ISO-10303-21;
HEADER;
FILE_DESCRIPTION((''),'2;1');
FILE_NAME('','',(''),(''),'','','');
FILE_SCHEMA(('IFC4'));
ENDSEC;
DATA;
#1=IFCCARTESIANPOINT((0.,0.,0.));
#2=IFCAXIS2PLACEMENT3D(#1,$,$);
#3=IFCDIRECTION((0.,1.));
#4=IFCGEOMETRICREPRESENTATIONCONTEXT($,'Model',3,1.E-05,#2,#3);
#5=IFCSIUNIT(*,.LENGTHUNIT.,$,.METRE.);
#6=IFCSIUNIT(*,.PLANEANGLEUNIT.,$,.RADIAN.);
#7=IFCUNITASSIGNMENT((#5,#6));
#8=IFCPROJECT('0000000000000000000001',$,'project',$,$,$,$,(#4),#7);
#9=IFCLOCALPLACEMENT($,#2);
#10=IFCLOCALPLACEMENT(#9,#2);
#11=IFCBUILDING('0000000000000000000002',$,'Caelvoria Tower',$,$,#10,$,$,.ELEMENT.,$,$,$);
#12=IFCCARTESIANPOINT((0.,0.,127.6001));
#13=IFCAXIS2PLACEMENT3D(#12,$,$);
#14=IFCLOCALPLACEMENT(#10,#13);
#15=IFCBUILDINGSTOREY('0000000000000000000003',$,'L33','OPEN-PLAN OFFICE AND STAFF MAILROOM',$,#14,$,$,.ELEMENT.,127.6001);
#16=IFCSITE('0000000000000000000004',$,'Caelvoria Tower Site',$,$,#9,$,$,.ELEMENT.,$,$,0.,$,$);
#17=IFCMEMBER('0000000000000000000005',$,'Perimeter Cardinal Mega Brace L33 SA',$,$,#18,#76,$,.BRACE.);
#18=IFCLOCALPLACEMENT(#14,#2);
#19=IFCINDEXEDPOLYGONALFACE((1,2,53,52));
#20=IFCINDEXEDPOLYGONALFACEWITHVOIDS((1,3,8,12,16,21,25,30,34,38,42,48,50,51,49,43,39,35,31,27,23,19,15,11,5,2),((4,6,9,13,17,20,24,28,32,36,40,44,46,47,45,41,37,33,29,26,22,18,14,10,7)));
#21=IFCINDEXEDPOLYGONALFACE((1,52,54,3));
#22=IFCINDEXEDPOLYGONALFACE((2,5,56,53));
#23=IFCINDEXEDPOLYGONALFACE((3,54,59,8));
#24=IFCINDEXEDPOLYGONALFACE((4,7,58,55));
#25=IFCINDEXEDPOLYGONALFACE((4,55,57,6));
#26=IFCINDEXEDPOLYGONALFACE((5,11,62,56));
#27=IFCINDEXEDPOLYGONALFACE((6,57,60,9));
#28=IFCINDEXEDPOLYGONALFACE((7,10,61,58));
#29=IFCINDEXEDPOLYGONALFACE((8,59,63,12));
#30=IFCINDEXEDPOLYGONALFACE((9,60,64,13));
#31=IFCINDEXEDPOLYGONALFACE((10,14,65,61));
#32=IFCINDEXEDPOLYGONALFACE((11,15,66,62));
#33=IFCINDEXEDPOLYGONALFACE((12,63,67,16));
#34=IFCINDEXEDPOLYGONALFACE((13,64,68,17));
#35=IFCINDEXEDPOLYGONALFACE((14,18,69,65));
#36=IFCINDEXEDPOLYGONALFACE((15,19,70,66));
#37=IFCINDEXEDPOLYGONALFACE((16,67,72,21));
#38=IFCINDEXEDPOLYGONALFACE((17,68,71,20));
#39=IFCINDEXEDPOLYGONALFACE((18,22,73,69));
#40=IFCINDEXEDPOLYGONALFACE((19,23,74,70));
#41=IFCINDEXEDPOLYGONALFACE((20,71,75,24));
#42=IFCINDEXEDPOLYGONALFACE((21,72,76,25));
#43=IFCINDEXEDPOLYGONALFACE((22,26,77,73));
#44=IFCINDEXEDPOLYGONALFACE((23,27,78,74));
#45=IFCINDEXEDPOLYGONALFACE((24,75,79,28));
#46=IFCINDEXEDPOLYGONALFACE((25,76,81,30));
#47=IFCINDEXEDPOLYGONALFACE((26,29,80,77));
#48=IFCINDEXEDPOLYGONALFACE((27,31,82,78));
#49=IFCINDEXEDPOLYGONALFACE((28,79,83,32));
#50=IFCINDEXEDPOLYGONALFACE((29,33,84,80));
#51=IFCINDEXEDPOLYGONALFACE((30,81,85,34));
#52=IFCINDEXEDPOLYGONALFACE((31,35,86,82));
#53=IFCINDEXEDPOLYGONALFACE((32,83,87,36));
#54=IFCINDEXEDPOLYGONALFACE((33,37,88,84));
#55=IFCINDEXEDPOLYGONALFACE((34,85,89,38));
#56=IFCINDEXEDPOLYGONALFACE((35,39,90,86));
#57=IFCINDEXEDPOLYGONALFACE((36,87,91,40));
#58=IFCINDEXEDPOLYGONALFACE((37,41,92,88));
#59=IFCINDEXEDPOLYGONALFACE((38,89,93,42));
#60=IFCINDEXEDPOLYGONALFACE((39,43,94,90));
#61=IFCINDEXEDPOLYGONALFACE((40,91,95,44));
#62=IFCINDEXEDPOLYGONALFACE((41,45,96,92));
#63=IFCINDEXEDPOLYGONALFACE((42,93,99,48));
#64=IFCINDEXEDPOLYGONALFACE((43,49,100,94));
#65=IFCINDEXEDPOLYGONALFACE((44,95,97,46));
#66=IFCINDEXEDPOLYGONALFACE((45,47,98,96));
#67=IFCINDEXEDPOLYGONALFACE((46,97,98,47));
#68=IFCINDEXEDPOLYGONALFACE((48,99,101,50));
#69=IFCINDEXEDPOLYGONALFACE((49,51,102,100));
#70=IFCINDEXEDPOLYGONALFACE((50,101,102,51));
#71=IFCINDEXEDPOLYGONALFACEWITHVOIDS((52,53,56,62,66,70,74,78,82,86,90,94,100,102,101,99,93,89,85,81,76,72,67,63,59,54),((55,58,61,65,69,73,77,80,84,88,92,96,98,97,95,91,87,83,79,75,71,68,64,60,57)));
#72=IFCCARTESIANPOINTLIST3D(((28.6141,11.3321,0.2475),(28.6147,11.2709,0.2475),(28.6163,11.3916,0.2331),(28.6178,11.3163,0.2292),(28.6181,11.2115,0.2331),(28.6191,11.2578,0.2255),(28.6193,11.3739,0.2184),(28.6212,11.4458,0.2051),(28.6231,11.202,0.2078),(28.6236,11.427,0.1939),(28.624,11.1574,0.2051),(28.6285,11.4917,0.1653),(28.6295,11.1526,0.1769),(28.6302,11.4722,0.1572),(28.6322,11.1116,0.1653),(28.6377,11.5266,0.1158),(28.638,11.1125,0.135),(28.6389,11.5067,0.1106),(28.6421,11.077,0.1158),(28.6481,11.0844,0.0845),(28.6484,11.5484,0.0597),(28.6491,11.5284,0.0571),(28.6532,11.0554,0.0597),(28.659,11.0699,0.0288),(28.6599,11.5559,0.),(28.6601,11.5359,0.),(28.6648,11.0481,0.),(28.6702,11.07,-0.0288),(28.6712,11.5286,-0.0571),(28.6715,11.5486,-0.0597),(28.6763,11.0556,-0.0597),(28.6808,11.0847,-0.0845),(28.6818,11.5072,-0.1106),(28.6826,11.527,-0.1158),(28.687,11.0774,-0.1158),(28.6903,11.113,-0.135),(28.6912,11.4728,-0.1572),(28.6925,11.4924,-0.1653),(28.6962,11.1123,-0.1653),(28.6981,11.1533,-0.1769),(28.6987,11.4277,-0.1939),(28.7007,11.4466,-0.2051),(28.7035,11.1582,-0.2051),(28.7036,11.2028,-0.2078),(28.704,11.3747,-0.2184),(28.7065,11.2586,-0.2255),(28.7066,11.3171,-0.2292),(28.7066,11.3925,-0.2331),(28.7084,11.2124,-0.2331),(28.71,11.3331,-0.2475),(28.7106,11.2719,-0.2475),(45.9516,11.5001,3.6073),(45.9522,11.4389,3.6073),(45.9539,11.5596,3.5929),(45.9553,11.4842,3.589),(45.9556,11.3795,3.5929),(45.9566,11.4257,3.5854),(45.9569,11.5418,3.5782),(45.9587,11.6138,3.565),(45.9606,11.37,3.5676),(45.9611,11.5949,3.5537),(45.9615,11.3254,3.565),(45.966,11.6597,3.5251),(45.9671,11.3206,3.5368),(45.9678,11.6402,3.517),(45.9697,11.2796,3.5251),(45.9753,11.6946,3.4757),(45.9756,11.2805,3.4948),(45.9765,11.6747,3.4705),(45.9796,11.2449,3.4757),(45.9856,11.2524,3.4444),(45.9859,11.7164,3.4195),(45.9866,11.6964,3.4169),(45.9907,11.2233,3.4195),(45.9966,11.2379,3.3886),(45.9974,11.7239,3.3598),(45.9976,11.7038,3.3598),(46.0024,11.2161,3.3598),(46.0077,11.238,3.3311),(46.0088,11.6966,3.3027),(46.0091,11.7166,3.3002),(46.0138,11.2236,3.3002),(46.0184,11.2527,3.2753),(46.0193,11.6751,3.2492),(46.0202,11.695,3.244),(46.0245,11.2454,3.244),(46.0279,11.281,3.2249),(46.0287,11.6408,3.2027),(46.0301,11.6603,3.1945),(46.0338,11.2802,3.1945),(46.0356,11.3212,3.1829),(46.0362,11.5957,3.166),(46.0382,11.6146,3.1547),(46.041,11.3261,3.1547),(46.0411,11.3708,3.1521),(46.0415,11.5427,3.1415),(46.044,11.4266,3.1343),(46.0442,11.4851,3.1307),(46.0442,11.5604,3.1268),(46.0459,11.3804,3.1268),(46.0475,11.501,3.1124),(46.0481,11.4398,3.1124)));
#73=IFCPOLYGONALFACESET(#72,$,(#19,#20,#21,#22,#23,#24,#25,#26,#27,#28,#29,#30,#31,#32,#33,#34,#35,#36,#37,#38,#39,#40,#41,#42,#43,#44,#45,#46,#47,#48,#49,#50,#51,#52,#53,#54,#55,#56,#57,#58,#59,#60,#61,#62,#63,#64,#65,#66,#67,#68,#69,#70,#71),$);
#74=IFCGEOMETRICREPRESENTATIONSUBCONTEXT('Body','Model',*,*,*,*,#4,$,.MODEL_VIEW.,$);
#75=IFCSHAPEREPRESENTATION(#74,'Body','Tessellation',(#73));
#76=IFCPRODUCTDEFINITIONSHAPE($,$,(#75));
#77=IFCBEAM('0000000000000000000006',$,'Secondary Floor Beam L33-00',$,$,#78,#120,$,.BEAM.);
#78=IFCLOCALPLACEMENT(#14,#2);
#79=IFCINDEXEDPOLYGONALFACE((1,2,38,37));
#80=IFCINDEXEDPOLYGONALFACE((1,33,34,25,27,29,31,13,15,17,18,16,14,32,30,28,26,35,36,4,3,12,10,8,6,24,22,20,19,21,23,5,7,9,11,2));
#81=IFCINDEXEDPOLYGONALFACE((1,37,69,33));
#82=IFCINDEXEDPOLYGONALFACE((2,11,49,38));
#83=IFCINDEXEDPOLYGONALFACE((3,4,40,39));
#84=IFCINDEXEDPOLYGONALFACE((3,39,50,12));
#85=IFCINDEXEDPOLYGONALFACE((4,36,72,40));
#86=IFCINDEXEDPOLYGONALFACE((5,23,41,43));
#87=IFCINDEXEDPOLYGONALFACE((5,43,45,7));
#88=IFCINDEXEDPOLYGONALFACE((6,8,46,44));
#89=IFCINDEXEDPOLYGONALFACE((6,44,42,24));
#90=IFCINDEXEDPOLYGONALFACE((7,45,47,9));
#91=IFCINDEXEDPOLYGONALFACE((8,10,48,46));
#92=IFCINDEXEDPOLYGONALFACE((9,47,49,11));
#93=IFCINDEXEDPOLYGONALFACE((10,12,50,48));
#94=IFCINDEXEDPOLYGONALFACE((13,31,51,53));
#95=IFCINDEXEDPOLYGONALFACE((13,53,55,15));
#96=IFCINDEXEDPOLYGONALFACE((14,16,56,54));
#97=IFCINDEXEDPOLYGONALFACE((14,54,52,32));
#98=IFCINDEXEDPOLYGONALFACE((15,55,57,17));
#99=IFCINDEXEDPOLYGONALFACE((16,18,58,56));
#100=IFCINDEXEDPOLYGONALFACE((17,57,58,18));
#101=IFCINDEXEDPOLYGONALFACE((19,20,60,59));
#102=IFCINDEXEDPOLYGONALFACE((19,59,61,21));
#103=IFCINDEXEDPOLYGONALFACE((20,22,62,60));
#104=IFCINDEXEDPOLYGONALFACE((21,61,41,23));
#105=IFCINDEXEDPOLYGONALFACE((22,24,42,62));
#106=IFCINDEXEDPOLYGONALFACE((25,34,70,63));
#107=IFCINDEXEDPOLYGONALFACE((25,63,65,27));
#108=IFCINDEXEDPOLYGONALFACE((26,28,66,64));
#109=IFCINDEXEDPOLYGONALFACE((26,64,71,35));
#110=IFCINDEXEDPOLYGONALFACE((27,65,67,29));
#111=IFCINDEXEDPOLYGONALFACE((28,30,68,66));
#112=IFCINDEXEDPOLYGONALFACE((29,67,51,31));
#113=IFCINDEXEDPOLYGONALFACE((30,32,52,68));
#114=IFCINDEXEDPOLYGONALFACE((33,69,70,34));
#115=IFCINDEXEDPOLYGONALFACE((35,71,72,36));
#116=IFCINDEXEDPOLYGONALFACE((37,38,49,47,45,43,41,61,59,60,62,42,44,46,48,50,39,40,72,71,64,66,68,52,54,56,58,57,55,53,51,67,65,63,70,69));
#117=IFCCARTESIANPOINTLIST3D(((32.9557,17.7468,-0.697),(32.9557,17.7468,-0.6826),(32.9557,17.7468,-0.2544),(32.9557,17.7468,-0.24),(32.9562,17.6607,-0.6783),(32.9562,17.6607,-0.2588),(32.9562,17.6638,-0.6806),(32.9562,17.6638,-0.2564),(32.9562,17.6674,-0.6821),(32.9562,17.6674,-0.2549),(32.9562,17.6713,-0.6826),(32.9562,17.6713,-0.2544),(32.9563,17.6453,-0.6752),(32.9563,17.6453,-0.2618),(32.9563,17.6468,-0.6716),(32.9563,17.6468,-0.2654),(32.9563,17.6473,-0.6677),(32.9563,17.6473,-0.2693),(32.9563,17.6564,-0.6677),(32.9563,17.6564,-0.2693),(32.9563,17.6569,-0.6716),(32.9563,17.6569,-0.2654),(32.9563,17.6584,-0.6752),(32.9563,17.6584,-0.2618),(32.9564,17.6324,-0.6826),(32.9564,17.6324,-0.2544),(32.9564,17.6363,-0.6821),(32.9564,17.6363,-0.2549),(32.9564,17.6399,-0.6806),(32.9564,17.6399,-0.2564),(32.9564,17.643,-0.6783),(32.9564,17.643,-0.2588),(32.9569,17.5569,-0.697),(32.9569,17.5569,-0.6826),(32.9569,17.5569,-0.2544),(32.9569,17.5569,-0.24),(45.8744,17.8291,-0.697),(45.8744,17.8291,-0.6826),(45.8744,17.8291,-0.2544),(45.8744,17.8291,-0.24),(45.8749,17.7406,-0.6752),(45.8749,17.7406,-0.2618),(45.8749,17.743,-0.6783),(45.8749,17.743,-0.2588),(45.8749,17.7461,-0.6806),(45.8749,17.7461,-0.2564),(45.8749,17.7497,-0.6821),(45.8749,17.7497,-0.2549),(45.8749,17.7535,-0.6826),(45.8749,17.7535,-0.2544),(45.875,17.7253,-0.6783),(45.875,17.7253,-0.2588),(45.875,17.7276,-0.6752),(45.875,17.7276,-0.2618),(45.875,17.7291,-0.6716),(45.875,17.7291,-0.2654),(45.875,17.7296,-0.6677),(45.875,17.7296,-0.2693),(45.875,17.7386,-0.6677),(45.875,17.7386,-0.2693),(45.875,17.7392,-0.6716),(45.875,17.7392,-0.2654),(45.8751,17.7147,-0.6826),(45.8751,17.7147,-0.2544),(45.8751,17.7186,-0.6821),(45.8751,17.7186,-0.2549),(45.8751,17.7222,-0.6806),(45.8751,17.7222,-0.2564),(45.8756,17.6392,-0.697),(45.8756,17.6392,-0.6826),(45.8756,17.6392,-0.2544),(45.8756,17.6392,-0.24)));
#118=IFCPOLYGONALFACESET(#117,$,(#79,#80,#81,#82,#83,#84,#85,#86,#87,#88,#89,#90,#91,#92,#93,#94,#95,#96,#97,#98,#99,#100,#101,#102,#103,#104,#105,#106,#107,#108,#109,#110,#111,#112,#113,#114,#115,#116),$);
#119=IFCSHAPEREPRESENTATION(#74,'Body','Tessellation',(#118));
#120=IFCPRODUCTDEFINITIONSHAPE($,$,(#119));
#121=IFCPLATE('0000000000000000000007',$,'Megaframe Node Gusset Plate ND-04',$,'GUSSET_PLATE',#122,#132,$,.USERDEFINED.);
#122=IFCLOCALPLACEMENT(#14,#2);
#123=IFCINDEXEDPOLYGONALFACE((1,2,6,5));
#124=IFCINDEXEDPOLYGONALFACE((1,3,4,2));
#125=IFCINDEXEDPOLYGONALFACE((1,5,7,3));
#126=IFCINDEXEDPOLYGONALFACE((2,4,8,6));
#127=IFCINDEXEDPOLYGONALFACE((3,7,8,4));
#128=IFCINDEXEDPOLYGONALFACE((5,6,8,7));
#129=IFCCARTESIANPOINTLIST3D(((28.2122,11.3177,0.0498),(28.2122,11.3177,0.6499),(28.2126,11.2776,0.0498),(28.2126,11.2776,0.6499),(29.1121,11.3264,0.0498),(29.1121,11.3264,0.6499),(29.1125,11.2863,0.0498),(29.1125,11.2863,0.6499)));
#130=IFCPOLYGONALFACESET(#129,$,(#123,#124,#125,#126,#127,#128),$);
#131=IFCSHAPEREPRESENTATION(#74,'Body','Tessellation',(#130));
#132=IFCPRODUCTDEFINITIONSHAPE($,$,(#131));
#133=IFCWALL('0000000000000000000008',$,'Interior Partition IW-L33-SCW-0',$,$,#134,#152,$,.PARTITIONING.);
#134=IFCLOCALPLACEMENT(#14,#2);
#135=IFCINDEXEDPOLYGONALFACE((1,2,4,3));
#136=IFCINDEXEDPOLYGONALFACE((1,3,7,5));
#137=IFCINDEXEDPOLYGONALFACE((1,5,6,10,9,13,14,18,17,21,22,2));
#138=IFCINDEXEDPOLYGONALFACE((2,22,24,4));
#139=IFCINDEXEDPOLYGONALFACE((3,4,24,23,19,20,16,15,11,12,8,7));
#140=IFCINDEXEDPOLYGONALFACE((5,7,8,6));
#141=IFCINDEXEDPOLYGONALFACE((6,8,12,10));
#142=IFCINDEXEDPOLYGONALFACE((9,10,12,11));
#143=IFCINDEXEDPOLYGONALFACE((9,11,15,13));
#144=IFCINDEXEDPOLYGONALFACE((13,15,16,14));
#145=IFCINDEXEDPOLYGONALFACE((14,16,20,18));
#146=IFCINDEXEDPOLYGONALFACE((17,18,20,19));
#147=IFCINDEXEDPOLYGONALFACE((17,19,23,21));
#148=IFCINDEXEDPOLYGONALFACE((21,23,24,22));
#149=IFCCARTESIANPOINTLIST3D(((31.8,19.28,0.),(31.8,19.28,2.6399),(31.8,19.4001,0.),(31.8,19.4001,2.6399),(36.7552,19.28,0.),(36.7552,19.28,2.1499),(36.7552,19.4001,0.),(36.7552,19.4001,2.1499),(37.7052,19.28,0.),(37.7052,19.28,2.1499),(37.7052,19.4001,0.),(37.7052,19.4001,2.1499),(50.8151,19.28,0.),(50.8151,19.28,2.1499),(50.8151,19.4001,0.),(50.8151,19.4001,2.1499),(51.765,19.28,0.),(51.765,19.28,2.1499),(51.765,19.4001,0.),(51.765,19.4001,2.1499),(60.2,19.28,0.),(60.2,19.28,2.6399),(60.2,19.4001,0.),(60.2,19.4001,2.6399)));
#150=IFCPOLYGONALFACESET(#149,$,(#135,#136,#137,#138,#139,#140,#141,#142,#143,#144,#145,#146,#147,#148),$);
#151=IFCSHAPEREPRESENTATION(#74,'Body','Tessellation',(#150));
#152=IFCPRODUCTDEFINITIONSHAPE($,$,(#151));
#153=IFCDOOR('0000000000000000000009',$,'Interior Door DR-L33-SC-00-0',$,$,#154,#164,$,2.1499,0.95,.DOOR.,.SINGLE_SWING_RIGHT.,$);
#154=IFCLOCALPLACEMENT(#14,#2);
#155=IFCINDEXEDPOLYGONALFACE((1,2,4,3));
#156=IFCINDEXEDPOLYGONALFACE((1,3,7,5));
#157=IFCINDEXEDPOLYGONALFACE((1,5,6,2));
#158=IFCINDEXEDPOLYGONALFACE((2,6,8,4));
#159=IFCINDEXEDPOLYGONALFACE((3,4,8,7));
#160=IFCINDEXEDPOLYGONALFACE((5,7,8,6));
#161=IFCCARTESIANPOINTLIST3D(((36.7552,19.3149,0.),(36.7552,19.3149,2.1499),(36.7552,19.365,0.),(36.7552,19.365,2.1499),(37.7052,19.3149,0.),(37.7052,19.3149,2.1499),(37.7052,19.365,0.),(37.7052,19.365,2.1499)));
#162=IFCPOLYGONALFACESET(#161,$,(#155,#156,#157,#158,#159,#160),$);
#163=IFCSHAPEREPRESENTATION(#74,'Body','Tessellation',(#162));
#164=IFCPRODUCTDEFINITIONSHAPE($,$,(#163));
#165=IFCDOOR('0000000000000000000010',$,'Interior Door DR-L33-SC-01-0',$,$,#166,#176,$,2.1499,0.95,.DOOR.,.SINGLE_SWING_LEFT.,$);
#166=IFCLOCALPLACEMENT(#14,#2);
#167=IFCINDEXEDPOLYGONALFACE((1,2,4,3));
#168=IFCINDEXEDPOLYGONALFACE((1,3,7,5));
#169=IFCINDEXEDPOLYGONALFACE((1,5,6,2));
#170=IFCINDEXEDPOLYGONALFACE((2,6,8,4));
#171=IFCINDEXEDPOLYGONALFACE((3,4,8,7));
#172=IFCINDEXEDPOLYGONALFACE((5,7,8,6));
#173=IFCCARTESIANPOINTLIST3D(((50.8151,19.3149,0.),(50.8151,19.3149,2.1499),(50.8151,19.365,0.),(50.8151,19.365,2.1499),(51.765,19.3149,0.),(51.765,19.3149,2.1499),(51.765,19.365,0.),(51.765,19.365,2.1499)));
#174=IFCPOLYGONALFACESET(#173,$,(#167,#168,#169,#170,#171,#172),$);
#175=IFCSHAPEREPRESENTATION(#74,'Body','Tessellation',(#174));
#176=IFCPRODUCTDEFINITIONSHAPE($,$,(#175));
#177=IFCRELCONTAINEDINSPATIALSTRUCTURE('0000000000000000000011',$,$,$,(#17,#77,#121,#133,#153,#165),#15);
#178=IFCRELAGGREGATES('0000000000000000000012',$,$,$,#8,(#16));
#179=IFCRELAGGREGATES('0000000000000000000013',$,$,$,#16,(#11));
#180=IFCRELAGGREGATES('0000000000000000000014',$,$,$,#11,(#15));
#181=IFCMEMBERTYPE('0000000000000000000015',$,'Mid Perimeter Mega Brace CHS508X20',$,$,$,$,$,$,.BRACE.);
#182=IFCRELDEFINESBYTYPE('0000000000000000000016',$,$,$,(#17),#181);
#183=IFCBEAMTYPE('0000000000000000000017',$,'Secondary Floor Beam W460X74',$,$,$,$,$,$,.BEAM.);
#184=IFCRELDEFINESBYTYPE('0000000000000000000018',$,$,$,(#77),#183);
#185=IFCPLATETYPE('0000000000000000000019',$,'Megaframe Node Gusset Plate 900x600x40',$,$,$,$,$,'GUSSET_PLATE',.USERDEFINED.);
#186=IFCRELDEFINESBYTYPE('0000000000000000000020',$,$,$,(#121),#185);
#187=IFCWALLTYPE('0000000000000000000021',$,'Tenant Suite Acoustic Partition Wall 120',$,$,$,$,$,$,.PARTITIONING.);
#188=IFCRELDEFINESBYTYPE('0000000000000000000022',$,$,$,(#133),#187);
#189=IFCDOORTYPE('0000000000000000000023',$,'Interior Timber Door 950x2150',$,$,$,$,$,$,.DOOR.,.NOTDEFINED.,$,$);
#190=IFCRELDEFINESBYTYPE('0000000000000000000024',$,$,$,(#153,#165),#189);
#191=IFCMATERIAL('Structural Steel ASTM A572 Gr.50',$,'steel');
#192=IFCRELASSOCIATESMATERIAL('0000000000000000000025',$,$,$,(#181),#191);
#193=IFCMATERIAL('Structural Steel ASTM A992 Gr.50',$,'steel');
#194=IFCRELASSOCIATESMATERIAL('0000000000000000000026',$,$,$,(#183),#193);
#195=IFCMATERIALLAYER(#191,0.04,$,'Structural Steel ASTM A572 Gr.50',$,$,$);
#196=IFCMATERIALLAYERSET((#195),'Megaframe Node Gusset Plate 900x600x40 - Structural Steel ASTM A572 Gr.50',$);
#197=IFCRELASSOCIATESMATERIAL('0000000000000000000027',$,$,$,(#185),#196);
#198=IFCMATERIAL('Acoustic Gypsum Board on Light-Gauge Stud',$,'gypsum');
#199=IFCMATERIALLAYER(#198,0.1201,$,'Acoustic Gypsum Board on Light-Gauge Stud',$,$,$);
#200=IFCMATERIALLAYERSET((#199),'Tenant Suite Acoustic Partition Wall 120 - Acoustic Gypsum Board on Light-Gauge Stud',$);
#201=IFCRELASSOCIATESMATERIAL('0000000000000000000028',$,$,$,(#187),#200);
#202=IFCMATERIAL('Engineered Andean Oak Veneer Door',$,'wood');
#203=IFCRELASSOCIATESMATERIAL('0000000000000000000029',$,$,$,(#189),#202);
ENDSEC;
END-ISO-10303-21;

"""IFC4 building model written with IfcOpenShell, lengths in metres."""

from ifc_helpers import new_model, si_unit, direction, frame, frame_2d, origin, origin_2d, place, context, subcontext, project, spatial, rectangle, hollow_circle, i_section, extrude, material, layer, layer_set, material_profile, profile_set, type_object, element, fill, save


model = new_model("IFC4")

# Units and contexts
model_context = context("Model", 3, precision=1e-05, world=origin(), true_north=direction((0.0, 1.0)))
body_context = subcontext(model_context, "Body", "Model", "MODEL_VIEW")
ifc_project = project(units=[si_unit("LENGTHUNIT", "METRE"), si_unit("PLANEANGLEUNIT", "RADIAN")], contexts=[model_context])

# Site, building, storey
site_placement = place(None, origin())
site = spatial("IfcSite", under=ifc_project, at=site_placement, Name="Caelvoria Tower Site", CompositionType="ELEMENT", RefElevation=0.0)
building_placement = place(site_placement, origin())
building = spatial("IfcBuilding", under=site, at=building_placement, Name="Caelvoria Tower", CompositionType="ELEMENT")
storey_placement = place(building_placement, frame((0.0, 0.0, 127.6001)))
storey = spatial("IfcBuildingStorey", under=building, at=storey_placement, Name="L33", Description="OPEN-PLAN OFFICE AND STAFF MAILROOM", CompositionType="ELEMENT", Elevation=127.6001)

# Member
ifc_material_1 = material(Name="Structural Steel ASTM A572 Gr.50", Category="steel")
ifc_material_profile_1 = material_profile(ifc_material_1, hollow_circle(Radius=0.2539, WallThickness=0.02, at=origin_2d()), Name="Structural Steel ASTM A572 Gr.50")
ifc_profile_set_1 = profile_set([ifc_material_profile_1], Name="CHS508X20 - Structural Steel ASTM A572 Gr.50")
member_type = type_object("IfcMemberType", Name="Mid Perimeter Mega Brace CHS508X20", PredefinedType="BRACE", material=ifc_profile_set_1)
member_placement = place(storey_placement, frame((28.6624, 11.302, 0.0), z_axis=(0.981691, 0.009511, 0.190242), x_axis=(-0.009688, 0.999953, 0.0)))
element("IfcMember", 1, at=member_placement, inside=storey, type_object=member_type, Name="Perimeter Cardinal Mega Brace L33 SA", PredefinedType="BRACE", context=body_context, shape_type="SweptSolid", body=[
    extrude(hollow_circle(Radius=0.2539, WallThickness=0.02, at=origin_2d()), origin(), (0.0, 0.0, 1.0), 17.6609),
])

# Beam
ifc_material_2 = material(Name="Structural Steel ASTM A992 Gr.50", Category="steel")
ifc_material_profile_2 = material_profile(ifc_material_2, i_section(OverallWidth=0.1899, OverallDepth=0.457, WebThickness=0.009, FlangeThickness=0.0144, FilletRadius=0.0149, at=origin_2d()), Name="Structural Steel ASTM A992 Gr.50")
ifc_profile_set_2 = profile_set([ifc_material_profile_2], Name="W460X74 - Structural Steel ASTM A992 Gr.50")
beam_type = type_object("IfcBeamType", Name="Secondary Floor Beam W460X74", PredefinedType="BEAM", material=ifc_profile_set_2)
beam_placement = place(storey_placement, frame((32.9563, 17.6519, -0.4685), z_axis=(0.99998, 0.006369, 0.0), x_axis=(-0.006369, 0.99998, 0.0)))
element("IfcBeam", 2, at=beam_placement, inside=storey, type_object=beam_type, Name="Secondary Floor Beam L33-00", PredefinedType="BEAM", context=body_context, shape_type="SweptSolid", body=[
    extrude(i_section(OverallWidth=0.1899, OverallDepth=0.457, WebThickness=0.009, FlangeThickness=0.0144, FilletRadius=0.0149, at=origin_2d()), origin(), (0.0, 0.0, 1.0), 12.9189),
])

# Plate
ifc_layer_1 = layer(ifc_material_1, 0.04, Name="Structural Steel ASTM A572 Gr.50")
ifc_layer_set_1 = layer_set([ifc_layer_1], Name="Megaframe Node Gusset Plate 900x600x40 - Structural Steel ASTM A572 Gr.50")
plate_type = type_object("IfcPlateType", Name="Megaframe Node Gusset Plate 900x600x40", ElementType="GUSSET_PLATE", PredefinedType="USERDEFINED", material=ifc_layer_set_1)
plate_placement = place(storey_placement, frame((28.6624, 11.302, 0.0498), z_axis=(0.0, 0.0, 1.0), x_axis=(0.999953, 0.009695, 0.0)))
element("IfcPlate", 3, at=plate_placement, inside=storey, type_object=plate_type, Name="Megaframe Node Gusset Plate ND-04", ObjectType="GUSSET_PLATE", PredefinedType="USERDEFINED", context=body_context, shape_type="SweptSolid", body=[
    extrude(rectangle(XDim=0.8999, YDim=0.04, at=origin_2d()), origin(), (0.0, 0.0, 1.0), 0.6001),
])

# Wall, openings, doors
ifc_material_3 = material(Name="Acoustic Gypsum Board on Light-Gauge Stud", Category="gypsum")
ifc_layer_2 = layer(ifc_material_3, 0.1201, Name="Acoustic Gypsum Board on Light-Gauge Stud")
ifc_layer_set_2 = layer_set([ifc_layer_2], Name="Tenant Suite Acoustic Partition Wall 120 - Acoustic Gypsum Board on Light-Gauge Stud")
wall_type = type_object("IfcWallType", Name="Tenant Suite Acoustic Partition Wall 120", PredefinedType="PARTITIONING", material=ifc_layer_set_2)
wall_1_placement = place(storey_placement, frame((31.8, 19.3401, 0.0), z_axis=(0.0, 0.0, 1.0), x_axis=(1.0, 0.0, 0.0)))
wall_1 = element("IfcWall", 4, at=wall_1_placement, inside=storey, type_object=wall_type, Name="Interior Partition IW-L33-SCW-0", PredefinedType="PARTITIONING", context=body_context, shape_type="SweptSolid", body=[
    extrude(rectangle(XDim=28.3999, YDim=0.1201, at=frame_2d((14.2, 0.0))), origin(), (0.0, 0.0, 1.0), 2.6399),
])
opening_1_placement = place(wall_1_placement, frame((4.9551, 0.0, 0.0)))
opening_1 = element("IfcOpeningElement", 5, at=opening_1_placement, cuts=wall_1, PredefinedType="OPENING", context=body_context, shape_type="SweptSolid", body=[
    extrude(rectangle(XDim=0.95, YDim=2.1499, at=frame_2d((0.4751, 1.075))), frame((0.0, 0.0701, 0.0), z_axis=(0.0, -1.0, 0.0), x_axis=(1.0, 0.0, 0.0)), (0.0, 0.0, 1.0), 0.1401),
])
opening_2_placement = place(wall_1_placement, frame((19.0149, 0.0, 0.0)))
opening_2 = element("IfcOpeningElement", 6, at=opening_2_placement, cuts=wall_1, PredefinedType="OPENING", context=body_context, shape_type="SweptSolid", body=[
    extrude(rectangle(XDim=0.95, YDim=2.1499, at=frame_2d((0.4751, 1.075))), frame((0.0, 0.0701, 0.0), z_axis=(0.0, -1.0, 0.0), x_axis=(1.0, 0.0, 0.0)), (0.0, 0.0, 1.0), 0.1401),
])
ifc_material_4 = material(Name="Engineered Andean Oak Veneer Door", Category="wood")
door_type = type_object("IfcDoorType", Name="Interior Timber Door 950x2150", OperationType="NOTDEFINED", PredefinedType="DOOR", material=ifc_material_4)
door_1_placement = place(opening_1_placement, origin())
door_1 = element("IfcDoor", 7, at=door_1_placement, inside=storey, type_object=door_type, Name="Interior Door DR-L33-SC-00-0", OperationType="SINGLE_SWING_RIGHT", OverallHeight=2.1499, OverallWidth=0.95, PredefinedType="DOOR", context=body_context, shape_type="SweptSolid", body=[
    extrude(rectangle(XDim=0.95, YDim=2.1499, at=frame_2d((0.4751, 1.075))), frame((0.0, 0.0249, 0.0), z_axis=(0.0, -1.0, 0.0), x_axis=(1.0, 0.0, 0.0)), (0.0, 0.0, 1.0), 0.05),
])
fill(opening_1, door_1)
door_2_placement = place(opening_2_placement, origin())
door_2 = element("IfcDoor", 8, at=door_2_placement, inside=storey, type_object=door_type, Name="Interior Door DR-L33-SC-01-0", OperationType="SINGLE_SWING_LEFT", OverallHeight=2.1499, OverallWidth=0.95, PredefinedType="DOOR", context=body_context, shape_type="SweptSolid", body=[
    extrude(rectangle(XDim=0.95, YDim=2.1499, at=frame_2d((0.4751, 1.075))), frame((0.0, 0.0249, 0.0), z_axis=(0.0, -1.0, 0.0), x_axis=(1.0, 0.0, 0.0)), (0.0, 0.0, 1.0), 0.05),
])
fill(opening_2, door_2)

save(model, "model.ifc")
